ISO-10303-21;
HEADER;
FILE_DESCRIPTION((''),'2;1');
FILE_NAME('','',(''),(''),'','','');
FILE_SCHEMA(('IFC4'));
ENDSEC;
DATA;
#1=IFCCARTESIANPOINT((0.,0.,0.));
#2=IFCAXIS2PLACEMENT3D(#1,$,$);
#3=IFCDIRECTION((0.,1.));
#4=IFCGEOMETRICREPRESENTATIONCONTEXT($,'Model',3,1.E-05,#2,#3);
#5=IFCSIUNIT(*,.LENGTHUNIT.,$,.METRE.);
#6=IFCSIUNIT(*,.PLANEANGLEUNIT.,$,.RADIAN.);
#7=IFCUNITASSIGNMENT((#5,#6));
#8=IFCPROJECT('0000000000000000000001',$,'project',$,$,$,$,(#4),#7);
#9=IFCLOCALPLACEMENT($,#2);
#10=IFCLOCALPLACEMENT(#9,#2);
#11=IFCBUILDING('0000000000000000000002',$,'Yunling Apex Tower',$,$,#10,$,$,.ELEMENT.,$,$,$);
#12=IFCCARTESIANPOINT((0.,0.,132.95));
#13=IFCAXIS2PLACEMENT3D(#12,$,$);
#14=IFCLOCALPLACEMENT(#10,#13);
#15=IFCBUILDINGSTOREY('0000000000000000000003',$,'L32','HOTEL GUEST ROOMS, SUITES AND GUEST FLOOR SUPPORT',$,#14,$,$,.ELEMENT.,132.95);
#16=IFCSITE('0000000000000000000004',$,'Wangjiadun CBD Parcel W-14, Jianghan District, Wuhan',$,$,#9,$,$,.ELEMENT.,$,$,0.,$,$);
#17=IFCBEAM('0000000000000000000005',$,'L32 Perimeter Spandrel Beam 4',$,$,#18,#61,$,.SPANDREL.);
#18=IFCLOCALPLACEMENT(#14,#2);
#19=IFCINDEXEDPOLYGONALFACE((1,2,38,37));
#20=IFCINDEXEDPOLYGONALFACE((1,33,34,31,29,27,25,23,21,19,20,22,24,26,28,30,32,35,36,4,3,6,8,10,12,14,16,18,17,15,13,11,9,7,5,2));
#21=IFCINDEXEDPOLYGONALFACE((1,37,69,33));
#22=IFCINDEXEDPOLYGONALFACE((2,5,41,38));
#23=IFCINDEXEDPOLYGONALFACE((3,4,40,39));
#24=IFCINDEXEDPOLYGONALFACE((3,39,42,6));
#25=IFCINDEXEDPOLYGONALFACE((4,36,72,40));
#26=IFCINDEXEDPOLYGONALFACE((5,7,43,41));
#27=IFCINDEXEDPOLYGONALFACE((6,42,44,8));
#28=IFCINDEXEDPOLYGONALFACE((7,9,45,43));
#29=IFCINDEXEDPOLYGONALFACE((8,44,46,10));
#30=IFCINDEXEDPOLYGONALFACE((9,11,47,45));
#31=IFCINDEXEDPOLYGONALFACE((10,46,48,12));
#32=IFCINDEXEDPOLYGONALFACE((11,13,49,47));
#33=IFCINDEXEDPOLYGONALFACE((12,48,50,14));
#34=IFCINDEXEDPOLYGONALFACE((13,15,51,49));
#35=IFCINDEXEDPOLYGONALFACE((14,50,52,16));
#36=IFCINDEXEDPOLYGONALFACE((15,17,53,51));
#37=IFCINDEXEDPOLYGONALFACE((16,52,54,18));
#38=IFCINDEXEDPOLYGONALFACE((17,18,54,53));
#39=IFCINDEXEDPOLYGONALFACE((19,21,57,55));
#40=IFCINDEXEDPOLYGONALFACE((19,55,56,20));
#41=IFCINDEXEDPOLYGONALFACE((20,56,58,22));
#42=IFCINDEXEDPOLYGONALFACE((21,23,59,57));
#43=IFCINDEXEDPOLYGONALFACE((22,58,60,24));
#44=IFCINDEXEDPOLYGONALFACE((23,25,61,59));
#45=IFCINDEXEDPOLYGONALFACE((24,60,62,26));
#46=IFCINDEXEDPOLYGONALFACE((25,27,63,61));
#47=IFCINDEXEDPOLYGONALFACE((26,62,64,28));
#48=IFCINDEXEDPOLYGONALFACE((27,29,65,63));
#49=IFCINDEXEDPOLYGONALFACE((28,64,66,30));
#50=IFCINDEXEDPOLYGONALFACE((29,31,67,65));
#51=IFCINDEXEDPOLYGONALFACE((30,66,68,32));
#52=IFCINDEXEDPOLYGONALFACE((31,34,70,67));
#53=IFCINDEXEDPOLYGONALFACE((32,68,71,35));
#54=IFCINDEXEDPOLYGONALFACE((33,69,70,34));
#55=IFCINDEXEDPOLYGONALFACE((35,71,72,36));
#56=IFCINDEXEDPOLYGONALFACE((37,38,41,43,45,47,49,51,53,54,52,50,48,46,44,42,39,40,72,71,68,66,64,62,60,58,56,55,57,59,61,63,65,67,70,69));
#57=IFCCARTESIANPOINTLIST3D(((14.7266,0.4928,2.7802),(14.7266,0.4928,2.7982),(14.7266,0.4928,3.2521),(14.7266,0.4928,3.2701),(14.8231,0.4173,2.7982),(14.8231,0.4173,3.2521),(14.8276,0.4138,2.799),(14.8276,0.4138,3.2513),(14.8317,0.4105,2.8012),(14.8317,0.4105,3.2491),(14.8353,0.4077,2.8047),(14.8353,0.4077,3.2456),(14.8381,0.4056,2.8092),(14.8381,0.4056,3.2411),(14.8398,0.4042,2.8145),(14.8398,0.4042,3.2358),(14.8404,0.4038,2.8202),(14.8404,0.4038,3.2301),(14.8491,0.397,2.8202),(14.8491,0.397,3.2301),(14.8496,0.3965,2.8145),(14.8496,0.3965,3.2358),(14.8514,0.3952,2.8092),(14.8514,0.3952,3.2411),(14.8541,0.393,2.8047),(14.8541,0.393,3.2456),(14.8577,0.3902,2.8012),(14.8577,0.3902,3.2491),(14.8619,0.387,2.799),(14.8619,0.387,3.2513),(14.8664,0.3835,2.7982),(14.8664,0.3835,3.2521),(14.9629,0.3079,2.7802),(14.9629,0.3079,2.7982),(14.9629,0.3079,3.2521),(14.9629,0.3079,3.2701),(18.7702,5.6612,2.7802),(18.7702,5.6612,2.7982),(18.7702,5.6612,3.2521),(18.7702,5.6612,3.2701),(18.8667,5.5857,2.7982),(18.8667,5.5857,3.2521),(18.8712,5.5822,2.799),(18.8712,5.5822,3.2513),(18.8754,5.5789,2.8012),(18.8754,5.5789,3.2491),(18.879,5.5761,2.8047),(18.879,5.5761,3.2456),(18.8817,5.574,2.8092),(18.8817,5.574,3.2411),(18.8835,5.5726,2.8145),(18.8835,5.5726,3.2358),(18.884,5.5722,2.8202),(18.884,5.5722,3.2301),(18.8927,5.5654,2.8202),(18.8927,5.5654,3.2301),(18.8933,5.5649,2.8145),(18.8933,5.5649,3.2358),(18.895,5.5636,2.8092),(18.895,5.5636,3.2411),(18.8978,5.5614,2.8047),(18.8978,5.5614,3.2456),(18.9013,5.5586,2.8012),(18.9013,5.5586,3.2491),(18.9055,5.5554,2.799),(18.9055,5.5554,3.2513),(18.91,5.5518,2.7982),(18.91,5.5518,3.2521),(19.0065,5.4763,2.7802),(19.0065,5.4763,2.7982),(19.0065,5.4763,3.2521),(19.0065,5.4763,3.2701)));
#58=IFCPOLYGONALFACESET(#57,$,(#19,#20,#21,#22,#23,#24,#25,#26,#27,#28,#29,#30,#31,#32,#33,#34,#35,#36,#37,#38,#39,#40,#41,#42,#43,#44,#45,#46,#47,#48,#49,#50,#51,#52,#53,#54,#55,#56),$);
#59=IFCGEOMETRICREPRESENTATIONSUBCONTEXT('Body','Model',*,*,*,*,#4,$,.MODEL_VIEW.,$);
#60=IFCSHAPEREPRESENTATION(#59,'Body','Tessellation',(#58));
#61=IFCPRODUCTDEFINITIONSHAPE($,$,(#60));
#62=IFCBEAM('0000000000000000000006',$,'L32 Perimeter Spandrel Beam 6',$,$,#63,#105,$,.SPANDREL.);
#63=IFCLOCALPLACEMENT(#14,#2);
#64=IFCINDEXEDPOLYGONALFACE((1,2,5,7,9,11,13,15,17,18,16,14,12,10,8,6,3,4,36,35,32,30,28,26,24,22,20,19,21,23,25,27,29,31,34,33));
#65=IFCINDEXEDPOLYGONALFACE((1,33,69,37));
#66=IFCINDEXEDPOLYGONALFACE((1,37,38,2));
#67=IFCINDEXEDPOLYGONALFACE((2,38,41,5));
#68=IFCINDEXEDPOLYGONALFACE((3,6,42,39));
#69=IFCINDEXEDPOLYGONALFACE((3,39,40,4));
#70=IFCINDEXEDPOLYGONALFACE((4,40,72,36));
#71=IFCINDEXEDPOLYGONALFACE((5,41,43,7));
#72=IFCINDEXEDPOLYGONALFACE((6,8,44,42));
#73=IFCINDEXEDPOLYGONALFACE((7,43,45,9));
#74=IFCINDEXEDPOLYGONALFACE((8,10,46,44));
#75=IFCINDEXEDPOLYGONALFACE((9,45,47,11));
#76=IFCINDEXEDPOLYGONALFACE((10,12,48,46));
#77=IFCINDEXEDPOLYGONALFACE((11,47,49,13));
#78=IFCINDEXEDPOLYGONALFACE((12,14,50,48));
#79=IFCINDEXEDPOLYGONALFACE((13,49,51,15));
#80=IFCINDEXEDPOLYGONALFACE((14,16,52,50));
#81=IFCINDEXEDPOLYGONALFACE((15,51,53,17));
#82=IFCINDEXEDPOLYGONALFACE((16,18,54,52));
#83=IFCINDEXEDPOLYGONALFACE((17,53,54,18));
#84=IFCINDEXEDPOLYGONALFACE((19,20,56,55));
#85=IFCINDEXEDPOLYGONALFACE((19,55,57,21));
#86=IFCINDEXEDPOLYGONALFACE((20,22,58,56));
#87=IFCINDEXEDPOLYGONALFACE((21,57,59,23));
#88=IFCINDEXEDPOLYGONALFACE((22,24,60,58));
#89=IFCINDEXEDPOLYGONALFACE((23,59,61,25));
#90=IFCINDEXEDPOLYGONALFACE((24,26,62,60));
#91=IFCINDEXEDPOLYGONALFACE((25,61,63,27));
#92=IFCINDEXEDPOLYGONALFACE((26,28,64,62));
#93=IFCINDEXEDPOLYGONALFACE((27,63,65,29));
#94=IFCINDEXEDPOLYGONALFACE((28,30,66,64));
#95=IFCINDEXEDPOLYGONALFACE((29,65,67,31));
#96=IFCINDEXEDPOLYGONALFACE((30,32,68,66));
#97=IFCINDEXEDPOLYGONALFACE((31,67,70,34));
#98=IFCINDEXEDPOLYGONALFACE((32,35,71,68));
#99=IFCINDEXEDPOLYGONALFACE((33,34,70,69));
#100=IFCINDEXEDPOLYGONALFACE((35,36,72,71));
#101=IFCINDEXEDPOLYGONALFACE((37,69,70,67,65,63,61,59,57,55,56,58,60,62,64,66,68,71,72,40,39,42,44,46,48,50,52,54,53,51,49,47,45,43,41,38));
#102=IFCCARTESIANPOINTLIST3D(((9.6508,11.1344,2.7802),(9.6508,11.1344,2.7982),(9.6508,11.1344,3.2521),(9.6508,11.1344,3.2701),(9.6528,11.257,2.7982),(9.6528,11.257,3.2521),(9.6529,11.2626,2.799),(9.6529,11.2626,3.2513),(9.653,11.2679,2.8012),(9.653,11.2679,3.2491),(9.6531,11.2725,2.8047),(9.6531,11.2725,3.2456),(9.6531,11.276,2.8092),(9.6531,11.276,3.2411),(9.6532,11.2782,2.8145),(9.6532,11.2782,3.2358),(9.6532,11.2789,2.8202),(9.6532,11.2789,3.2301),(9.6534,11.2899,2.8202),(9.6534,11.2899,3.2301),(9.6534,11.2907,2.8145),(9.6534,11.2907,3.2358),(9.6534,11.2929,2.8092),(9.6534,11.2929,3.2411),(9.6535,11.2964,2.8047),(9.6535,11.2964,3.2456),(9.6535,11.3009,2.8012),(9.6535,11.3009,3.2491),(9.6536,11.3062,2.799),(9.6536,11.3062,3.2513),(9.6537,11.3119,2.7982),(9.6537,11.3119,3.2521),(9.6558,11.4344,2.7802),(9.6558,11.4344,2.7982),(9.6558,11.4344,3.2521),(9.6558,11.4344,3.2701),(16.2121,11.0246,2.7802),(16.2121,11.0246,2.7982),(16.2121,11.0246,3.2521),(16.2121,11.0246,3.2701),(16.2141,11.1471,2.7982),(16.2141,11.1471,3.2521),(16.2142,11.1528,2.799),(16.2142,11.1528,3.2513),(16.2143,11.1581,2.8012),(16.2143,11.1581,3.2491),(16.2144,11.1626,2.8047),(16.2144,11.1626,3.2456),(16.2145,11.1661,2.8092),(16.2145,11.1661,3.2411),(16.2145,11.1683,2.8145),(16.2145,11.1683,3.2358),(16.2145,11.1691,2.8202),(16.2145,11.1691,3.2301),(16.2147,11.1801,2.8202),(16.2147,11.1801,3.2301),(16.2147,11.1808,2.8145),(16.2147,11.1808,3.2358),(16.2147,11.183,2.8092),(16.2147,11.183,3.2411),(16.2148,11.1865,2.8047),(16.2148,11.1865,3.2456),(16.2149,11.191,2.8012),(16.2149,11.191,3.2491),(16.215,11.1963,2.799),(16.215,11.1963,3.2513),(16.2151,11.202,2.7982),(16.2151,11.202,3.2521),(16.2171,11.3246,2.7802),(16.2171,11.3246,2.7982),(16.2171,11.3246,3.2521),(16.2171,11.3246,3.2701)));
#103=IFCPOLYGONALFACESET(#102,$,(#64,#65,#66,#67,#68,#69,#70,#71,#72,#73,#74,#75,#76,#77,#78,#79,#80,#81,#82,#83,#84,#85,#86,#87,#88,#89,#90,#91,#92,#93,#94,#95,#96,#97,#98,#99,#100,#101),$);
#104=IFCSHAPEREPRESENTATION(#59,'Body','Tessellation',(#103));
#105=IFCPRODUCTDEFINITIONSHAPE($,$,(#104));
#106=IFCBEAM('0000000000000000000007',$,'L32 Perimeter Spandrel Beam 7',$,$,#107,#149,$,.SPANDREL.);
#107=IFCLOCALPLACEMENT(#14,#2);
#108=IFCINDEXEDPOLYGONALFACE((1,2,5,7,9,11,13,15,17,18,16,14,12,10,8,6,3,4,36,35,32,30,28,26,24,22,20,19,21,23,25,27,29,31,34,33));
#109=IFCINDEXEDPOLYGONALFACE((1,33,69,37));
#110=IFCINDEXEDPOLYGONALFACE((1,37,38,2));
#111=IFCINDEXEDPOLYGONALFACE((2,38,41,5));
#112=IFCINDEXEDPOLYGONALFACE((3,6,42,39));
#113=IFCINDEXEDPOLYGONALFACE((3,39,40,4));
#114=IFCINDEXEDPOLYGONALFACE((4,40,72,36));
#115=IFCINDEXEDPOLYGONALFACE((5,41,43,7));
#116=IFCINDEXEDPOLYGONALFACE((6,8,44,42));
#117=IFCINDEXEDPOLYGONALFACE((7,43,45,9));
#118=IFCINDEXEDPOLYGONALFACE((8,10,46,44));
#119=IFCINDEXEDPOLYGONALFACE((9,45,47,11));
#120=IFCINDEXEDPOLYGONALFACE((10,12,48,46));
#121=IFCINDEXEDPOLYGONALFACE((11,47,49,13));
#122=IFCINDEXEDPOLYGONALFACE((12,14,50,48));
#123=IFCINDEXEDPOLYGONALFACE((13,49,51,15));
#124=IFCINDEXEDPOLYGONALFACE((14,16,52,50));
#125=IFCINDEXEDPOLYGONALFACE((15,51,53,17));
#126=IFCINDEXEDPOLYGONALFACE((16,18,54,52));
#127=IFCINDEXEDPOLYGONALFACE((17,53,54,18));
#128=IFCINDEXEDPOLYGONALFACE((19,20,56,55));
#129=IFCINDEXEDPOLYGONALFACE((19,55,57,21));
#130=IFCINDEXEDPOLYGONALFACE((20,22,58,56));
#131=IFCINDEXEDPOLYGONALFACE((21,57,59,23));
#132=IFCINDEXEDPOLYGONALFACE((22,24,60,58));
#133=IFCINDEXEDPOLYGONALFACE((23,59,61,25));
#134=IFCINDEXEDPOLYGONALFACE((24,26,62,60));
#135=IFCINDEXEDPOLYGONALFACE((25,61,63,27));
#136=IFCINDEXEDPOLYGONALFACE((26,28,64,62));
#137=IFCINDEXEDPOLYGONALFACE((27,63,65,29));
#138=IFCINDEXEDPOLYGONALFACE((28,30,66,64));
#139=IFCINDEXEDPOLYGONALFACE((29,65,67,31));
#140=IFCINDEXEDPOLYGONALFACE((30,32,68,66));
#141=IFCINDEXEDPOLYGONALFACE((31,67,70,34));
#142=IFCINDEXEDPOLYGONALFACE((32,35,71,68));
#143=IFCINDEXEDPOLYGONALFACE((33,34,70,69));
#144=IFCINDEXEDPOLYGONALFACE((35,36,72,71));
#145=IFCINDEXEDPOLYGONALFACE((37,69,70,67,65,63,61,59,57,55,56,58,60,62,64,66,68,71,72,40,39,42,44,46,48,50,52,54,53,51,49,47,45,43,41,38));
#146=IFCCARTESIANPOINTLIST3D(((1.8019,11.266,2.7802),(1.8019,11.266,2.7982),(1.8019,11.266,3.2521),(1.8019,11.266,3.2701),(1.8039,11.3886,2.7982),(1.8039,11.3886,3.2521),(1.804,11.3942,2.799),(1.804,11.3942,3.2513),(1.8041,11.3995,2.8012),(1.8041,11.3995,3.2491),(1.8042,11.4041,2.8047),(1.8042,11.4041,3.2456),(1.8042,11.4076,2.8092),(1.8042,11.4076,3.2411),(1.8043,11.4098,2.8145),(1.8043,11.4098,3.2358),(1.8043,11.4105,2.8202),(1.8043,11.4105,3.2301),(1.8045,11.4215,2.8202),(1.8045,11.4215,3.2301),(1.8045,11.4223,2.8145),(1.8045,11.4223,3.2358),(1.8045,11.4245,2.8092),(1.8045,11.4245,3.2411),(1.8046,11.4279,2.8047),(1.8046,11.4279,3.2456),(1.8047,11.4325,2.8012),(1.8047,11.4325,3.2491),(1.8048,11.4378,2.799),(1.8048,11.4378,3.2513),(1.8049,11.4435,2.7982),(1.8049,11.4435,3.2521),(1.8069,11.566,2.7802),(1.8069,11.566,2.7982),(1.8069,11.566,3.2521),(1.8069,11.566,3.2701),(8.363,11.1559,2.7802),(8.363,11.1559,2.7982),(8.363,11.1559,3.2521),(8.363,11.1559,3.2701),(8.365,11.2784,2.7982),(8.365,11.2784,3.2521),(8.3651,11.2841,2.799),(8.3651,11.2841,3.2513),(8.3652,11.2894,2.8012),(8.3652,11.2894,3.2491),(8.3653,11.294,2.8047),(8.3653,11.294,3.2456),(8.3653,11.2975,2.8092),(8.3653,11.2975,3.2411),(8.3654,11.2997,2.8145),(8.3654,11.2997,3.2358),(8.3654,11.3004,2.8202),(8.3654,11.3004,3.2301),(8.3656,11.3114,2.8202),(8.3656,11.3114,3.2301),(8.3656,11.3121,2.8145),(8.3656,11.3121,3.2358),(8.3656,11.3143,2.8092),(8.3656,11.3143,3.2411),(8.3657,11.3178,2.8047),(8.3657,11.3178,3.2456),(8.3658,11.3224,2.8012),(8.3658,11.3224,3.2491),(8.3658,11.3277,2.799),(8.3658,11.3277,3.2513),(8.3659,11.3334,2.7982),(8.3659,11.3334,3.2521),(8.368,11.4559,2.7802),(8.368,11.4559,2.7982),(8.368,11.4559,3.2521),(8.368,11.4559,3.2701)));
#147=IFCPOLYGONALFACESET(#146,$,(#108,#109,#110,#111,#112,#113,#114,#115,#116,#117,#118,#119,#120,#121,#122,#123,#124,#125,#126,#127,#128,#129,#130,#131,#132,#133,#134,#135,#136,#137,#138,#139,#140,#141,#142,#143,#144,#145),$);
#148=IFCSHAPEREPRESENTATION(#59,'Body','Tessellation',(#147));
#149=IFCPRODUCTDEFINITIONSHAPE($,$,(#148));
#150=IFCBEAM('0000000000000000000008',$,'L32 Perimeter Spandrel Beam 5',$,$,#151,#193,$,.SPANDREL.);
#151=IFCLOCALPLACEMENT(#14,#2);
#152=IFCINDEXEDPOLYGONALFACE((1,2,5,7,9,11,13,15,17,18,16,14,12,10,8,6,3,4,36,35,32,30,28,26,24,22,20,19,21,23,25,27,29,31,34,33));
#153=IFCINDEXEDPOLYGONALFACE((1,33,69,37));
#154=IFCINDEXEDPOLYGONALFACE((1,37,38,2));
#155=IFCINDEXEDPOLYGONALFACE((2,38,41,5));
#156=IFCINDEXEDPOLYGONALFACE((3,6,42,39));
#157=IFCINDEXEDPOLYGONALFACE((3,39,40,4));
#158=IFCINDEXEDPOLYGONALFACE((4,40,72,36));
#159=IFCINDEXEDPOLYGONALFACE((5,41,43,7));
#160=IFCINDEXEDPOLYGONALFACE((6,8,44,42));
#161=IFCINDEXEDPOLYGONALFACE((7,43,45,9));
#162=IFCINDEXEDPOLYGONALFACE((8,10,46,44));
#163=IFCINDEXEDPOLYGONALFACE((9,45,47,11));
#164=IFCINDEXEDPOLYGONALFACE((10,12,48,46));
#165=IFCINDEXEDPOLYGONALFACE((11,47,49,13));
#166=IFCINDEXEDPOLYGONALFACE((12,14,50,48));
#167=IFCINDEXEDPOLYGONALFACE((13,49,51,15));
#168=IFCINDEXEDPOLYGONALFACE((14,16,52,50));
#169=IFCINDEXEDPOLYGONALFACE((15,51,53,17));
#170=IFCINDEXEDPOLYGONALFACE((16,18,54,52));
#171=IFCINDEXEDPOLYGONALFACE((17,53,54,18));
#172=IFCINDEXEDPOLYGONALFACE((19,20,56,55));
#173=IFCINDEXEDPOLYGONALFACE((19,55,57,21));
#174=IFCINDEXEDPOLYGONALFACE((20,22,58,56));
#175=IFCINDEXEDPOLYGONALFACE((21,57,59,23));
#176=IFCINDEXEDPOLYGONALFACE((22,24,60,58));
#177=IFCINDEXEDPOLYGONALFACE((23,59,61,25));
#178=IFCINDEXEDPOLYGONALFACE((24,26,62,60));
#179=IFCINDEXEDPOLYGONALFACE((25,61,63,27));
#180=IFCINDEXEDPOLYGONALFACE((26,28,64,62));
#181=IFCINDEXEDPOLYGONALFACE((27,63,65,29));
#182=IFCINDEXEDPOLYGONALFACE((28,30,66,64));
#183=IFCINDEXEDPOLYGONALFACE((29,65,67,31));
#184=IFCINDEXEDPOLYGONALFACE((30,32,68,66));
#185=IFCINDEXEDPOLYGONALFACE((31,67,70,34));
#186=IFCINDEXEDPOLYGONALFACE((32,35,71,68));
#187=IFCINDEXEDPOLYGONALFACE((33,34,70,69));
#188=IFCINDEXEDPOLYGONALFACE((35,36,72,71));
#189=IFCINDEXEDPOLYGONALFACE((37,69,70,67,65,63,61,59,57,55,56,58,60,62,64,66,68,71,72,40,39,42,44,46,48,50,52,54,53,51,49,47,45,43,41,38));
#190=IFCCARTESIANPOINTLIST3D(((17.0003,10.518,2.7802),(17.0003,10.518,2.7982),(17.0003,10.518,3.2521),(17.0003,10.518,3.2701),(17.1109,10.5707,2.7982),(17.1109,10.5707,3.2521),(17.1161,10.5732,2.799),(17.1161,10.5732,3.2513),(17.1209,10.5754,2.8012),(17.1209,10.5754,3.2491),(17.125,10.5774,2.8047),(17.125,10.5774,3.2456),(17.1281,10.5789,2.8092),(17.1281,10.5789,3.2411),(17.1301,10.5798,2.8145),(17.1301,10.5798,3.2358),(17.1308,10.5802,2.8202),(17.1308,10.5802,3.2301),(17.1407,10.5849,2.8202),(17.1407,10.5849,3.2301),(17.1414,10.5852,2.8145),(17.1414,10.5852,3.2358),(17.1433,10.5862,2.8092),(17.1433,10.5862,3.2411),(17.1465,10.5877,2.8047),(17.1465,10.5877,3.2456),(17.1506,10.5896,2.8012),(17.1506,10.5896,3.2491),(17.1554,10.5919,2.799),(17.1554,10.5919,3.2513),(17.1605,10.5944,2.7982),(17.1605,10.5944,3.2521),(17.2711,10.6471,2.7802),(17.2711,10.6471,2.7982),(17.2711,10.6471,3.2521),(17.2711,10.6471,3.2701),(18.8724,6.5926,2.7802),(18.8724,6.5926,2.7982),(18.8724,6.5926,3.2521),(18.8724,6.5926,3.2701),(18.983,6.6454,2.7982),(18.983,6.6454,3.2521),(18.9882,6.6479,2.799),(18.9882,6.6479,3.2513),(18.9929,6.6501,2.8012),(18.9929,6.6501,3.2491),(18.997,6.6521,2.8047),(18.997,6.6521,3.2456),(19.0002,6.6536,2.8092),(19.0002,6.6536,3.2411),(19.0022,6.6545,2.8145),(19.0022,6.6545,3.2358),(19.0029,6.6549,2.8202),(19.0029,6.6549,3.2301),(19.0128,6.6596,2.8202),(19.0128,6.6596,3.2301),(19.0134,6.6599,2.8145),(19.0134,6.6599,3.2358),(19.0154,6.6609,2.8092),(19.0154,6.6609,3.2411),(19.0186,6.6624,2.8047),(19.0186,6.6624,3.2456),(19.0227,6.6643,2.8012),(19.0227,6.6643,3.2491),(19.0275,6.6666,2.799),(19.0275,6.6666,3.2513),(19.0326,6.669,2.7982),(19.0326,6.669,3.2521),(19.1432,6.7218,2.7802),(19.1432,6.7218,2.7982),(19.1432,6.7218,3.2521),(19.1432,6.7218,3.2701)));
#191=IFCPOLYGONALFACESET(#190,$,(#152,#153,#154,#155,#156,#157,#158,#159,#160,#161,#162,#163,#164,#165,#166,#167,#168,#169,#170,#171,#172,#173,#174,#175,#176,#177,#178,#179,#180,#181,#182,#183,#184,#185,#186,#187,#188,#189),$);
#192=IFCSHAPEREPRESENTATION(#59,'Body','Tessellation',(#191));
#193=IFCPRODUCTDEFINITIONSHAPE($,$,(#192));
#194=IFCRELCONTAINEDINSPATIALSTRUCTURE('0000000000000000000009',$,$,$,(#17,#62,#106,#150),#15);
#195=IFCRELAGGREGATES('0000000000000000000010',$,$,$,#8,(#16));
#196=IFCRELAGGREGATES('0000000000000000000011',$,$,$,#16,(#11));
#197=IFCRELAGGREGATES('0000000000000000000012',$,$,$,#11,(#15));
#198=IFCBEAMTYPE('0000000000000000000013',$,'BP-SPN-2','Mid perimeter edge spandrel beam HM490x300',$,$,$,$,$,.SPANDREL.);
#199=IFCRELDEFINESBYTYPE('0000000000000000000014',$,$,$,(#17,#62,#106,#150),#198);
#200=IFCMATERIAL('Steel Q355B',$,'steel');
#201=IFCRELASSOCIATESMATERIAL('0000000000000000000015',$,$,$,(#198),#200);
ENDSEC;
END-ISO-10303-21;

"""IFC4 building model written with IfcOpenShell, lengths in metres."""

from ifc_helpers import new_model, si_unit, direction, frame, origin, origin_2d, place, context, subcontext, project, spatial, i_section, extrude, source, transform, mapped, material, material_profile, profile_set, type_object, element, save


model = new_model("IFC4")

# Units and contexts
model_context = context("Model", 3, precision=1e-05, world=origin(), true_north=direction((0.0, 1.0)))
body_context = subcontext(model_context, "Body", "Model", "MODEL_VIEW")
ifc_project = project(units=[si_unit("LENGTHUNIT", "METRE"), si_unit("PLANEANGLEUNIT", "RADIAN")], contexts=[model_context])

# Site, building, storey
site_placement = place(None, origin())
site = spatial("IfcSite", under=ifc_project, at=site_placement, Name="Wangjiadun CBD Parcel W-14, Jianghan District, Wuhan", CompositionType="ELEMENT", RefElevation=0.0)
building_placement = place(site_placement, origin())
building = spatial("IfcBuilding", under=site, at=building_placement, Name="Yunling Apex Tower", CompositionType="ELEMENT")
storey_placement = place(building_placement, frame((0.0, 0.0, 132.95)))
storey = spatial("IfcBuildingStorey", under=building, at=storey_placement, Name="L32", Description="HOTEL GUEST ROOMS, SUITES AND GUEST FLOOR SUPPORT", CompositionType="ELEMENT", Elevation=132.95)

# Beams
ifc_material_1 = material(Name="Steel Q355B", Category="steel")
ifc_material_profile_1 = material_profile(ifc_material_1, i_section(OverallWidth=0.3, OverallDepth=0.49, WebThickness=0.011, FlangeThickness=0.0181, FilletRadius=0.022, at=origin_2d()))
ifc_profile_set_1 = profile_set([ifc_material_profile_1], Name="Steel Q355B")
beam_type_1 = type_object("IfcBeamType", Name="BP-SPN-2", Description="Mid perimeter edge spandrel beam HM490x300", PredefinedType="SPANDREL", material=ifc_profile_set_1)
shared_shape_1 = source(origin(), body_context, "Body", "SweptSolid", [
    extrude(i_section(OverallWidth=0.3, OverallDepth=0.49, WebThickness=0.011, FlangeThickness=0.0181, FilletRadius=0.022, at=origin_2d()), origin(), (0.0, 0.0, 1.0), 6.5623),
])
for number, where, z_axis, x_axis, name in (
    (1, (14.8447, 0.4004, 3.0251), (0.616197, 0.787592, 0.0), (-0.787592, 0.616197, 0.0), "L32 Perimeter Spandrel Beam 4"),
    (2, (16.2146, 11.1746, 3.0251), (-0.99986, 0.016742, 0.0), (-0.016742, -0.99986, 0.0), "L32 Perimeter Spandrel Beam 6"),
):
    element("IfcBeam", number, at=place(storey_placement, frame(where, z_axis=z_axis, x_axis=x_axis)), inside=storey, type_object=beam_type_1, Name=name, PredefinedType="SPANDREL", context=body_context, shape_type="MappedRepresentation", body=[
        mapped(shared_shape_1, transform((0.0, 0.0, 0.0), scale=1.0)),
    ])
shared_shape_2 = source(origin(), body_context, "Body", "SweptSolid", [
    extrude(i_section(OverallWidth=0.3, OverallDepth=0.49, WebThickness=0.011, FlangeThickness=0.0181, FilletRadius=0.022, at=origin_2d()), origin(), (0.0, 0.0, 1.0), 6.562),
])
beam_1_placement = place(storey_placement, frame((8.3655, 11.3059, 3.0251), z_axis=(-0.999859, 0.01678, 0.0), x_axis=(-0.01678, -0.999859, 0.0)))
element("IfcBeam", 3, at=beam_1_placement, inside=storey, type_object=beam_type_1, Name="L32 Perimeter Spandrel Beam 7", PredefinedType="SPANDREL", context=body_context, shape_type="MappedRepresentation", body=[
    mapped(shared_shape_2, transform((0.0, 0.0, 0.0), scale=1.0)),
])
shared_shape_3 = source(origin(), body_context, "Body", "SweptSolid", [
    extrude(i_section(OverallWidth=0.3, OverallDepth=0.49, WebThickness=0.011, FlangeThickness=0.0181, FilletRadius=0.022, at=origin_2d()), origin(), (0.0, 0.0, 1.0), 4.3489),
])
beam_2_placement = place(storey_placement, frame((19.0078, 6.6572, 3.0251), z_axis=(-0.430474, 0.902603, 0.0), x_axis=(-0.902603, -0.430474, 0.0)))
element("IfcBeam", 4, at=beam_2_placement, inside=storey, type_object=beam_type_1, Name="L32 Perimeter Spandrel Beam 5", PredefinedType="SPANDREL", context=body_context, shape_type="MappedRepresentation", body=[
    mapped(shared_shape_3, transform((0.0, 0.0, 0.0), scale=1.0)),
])

save(model, "model.ifc")
